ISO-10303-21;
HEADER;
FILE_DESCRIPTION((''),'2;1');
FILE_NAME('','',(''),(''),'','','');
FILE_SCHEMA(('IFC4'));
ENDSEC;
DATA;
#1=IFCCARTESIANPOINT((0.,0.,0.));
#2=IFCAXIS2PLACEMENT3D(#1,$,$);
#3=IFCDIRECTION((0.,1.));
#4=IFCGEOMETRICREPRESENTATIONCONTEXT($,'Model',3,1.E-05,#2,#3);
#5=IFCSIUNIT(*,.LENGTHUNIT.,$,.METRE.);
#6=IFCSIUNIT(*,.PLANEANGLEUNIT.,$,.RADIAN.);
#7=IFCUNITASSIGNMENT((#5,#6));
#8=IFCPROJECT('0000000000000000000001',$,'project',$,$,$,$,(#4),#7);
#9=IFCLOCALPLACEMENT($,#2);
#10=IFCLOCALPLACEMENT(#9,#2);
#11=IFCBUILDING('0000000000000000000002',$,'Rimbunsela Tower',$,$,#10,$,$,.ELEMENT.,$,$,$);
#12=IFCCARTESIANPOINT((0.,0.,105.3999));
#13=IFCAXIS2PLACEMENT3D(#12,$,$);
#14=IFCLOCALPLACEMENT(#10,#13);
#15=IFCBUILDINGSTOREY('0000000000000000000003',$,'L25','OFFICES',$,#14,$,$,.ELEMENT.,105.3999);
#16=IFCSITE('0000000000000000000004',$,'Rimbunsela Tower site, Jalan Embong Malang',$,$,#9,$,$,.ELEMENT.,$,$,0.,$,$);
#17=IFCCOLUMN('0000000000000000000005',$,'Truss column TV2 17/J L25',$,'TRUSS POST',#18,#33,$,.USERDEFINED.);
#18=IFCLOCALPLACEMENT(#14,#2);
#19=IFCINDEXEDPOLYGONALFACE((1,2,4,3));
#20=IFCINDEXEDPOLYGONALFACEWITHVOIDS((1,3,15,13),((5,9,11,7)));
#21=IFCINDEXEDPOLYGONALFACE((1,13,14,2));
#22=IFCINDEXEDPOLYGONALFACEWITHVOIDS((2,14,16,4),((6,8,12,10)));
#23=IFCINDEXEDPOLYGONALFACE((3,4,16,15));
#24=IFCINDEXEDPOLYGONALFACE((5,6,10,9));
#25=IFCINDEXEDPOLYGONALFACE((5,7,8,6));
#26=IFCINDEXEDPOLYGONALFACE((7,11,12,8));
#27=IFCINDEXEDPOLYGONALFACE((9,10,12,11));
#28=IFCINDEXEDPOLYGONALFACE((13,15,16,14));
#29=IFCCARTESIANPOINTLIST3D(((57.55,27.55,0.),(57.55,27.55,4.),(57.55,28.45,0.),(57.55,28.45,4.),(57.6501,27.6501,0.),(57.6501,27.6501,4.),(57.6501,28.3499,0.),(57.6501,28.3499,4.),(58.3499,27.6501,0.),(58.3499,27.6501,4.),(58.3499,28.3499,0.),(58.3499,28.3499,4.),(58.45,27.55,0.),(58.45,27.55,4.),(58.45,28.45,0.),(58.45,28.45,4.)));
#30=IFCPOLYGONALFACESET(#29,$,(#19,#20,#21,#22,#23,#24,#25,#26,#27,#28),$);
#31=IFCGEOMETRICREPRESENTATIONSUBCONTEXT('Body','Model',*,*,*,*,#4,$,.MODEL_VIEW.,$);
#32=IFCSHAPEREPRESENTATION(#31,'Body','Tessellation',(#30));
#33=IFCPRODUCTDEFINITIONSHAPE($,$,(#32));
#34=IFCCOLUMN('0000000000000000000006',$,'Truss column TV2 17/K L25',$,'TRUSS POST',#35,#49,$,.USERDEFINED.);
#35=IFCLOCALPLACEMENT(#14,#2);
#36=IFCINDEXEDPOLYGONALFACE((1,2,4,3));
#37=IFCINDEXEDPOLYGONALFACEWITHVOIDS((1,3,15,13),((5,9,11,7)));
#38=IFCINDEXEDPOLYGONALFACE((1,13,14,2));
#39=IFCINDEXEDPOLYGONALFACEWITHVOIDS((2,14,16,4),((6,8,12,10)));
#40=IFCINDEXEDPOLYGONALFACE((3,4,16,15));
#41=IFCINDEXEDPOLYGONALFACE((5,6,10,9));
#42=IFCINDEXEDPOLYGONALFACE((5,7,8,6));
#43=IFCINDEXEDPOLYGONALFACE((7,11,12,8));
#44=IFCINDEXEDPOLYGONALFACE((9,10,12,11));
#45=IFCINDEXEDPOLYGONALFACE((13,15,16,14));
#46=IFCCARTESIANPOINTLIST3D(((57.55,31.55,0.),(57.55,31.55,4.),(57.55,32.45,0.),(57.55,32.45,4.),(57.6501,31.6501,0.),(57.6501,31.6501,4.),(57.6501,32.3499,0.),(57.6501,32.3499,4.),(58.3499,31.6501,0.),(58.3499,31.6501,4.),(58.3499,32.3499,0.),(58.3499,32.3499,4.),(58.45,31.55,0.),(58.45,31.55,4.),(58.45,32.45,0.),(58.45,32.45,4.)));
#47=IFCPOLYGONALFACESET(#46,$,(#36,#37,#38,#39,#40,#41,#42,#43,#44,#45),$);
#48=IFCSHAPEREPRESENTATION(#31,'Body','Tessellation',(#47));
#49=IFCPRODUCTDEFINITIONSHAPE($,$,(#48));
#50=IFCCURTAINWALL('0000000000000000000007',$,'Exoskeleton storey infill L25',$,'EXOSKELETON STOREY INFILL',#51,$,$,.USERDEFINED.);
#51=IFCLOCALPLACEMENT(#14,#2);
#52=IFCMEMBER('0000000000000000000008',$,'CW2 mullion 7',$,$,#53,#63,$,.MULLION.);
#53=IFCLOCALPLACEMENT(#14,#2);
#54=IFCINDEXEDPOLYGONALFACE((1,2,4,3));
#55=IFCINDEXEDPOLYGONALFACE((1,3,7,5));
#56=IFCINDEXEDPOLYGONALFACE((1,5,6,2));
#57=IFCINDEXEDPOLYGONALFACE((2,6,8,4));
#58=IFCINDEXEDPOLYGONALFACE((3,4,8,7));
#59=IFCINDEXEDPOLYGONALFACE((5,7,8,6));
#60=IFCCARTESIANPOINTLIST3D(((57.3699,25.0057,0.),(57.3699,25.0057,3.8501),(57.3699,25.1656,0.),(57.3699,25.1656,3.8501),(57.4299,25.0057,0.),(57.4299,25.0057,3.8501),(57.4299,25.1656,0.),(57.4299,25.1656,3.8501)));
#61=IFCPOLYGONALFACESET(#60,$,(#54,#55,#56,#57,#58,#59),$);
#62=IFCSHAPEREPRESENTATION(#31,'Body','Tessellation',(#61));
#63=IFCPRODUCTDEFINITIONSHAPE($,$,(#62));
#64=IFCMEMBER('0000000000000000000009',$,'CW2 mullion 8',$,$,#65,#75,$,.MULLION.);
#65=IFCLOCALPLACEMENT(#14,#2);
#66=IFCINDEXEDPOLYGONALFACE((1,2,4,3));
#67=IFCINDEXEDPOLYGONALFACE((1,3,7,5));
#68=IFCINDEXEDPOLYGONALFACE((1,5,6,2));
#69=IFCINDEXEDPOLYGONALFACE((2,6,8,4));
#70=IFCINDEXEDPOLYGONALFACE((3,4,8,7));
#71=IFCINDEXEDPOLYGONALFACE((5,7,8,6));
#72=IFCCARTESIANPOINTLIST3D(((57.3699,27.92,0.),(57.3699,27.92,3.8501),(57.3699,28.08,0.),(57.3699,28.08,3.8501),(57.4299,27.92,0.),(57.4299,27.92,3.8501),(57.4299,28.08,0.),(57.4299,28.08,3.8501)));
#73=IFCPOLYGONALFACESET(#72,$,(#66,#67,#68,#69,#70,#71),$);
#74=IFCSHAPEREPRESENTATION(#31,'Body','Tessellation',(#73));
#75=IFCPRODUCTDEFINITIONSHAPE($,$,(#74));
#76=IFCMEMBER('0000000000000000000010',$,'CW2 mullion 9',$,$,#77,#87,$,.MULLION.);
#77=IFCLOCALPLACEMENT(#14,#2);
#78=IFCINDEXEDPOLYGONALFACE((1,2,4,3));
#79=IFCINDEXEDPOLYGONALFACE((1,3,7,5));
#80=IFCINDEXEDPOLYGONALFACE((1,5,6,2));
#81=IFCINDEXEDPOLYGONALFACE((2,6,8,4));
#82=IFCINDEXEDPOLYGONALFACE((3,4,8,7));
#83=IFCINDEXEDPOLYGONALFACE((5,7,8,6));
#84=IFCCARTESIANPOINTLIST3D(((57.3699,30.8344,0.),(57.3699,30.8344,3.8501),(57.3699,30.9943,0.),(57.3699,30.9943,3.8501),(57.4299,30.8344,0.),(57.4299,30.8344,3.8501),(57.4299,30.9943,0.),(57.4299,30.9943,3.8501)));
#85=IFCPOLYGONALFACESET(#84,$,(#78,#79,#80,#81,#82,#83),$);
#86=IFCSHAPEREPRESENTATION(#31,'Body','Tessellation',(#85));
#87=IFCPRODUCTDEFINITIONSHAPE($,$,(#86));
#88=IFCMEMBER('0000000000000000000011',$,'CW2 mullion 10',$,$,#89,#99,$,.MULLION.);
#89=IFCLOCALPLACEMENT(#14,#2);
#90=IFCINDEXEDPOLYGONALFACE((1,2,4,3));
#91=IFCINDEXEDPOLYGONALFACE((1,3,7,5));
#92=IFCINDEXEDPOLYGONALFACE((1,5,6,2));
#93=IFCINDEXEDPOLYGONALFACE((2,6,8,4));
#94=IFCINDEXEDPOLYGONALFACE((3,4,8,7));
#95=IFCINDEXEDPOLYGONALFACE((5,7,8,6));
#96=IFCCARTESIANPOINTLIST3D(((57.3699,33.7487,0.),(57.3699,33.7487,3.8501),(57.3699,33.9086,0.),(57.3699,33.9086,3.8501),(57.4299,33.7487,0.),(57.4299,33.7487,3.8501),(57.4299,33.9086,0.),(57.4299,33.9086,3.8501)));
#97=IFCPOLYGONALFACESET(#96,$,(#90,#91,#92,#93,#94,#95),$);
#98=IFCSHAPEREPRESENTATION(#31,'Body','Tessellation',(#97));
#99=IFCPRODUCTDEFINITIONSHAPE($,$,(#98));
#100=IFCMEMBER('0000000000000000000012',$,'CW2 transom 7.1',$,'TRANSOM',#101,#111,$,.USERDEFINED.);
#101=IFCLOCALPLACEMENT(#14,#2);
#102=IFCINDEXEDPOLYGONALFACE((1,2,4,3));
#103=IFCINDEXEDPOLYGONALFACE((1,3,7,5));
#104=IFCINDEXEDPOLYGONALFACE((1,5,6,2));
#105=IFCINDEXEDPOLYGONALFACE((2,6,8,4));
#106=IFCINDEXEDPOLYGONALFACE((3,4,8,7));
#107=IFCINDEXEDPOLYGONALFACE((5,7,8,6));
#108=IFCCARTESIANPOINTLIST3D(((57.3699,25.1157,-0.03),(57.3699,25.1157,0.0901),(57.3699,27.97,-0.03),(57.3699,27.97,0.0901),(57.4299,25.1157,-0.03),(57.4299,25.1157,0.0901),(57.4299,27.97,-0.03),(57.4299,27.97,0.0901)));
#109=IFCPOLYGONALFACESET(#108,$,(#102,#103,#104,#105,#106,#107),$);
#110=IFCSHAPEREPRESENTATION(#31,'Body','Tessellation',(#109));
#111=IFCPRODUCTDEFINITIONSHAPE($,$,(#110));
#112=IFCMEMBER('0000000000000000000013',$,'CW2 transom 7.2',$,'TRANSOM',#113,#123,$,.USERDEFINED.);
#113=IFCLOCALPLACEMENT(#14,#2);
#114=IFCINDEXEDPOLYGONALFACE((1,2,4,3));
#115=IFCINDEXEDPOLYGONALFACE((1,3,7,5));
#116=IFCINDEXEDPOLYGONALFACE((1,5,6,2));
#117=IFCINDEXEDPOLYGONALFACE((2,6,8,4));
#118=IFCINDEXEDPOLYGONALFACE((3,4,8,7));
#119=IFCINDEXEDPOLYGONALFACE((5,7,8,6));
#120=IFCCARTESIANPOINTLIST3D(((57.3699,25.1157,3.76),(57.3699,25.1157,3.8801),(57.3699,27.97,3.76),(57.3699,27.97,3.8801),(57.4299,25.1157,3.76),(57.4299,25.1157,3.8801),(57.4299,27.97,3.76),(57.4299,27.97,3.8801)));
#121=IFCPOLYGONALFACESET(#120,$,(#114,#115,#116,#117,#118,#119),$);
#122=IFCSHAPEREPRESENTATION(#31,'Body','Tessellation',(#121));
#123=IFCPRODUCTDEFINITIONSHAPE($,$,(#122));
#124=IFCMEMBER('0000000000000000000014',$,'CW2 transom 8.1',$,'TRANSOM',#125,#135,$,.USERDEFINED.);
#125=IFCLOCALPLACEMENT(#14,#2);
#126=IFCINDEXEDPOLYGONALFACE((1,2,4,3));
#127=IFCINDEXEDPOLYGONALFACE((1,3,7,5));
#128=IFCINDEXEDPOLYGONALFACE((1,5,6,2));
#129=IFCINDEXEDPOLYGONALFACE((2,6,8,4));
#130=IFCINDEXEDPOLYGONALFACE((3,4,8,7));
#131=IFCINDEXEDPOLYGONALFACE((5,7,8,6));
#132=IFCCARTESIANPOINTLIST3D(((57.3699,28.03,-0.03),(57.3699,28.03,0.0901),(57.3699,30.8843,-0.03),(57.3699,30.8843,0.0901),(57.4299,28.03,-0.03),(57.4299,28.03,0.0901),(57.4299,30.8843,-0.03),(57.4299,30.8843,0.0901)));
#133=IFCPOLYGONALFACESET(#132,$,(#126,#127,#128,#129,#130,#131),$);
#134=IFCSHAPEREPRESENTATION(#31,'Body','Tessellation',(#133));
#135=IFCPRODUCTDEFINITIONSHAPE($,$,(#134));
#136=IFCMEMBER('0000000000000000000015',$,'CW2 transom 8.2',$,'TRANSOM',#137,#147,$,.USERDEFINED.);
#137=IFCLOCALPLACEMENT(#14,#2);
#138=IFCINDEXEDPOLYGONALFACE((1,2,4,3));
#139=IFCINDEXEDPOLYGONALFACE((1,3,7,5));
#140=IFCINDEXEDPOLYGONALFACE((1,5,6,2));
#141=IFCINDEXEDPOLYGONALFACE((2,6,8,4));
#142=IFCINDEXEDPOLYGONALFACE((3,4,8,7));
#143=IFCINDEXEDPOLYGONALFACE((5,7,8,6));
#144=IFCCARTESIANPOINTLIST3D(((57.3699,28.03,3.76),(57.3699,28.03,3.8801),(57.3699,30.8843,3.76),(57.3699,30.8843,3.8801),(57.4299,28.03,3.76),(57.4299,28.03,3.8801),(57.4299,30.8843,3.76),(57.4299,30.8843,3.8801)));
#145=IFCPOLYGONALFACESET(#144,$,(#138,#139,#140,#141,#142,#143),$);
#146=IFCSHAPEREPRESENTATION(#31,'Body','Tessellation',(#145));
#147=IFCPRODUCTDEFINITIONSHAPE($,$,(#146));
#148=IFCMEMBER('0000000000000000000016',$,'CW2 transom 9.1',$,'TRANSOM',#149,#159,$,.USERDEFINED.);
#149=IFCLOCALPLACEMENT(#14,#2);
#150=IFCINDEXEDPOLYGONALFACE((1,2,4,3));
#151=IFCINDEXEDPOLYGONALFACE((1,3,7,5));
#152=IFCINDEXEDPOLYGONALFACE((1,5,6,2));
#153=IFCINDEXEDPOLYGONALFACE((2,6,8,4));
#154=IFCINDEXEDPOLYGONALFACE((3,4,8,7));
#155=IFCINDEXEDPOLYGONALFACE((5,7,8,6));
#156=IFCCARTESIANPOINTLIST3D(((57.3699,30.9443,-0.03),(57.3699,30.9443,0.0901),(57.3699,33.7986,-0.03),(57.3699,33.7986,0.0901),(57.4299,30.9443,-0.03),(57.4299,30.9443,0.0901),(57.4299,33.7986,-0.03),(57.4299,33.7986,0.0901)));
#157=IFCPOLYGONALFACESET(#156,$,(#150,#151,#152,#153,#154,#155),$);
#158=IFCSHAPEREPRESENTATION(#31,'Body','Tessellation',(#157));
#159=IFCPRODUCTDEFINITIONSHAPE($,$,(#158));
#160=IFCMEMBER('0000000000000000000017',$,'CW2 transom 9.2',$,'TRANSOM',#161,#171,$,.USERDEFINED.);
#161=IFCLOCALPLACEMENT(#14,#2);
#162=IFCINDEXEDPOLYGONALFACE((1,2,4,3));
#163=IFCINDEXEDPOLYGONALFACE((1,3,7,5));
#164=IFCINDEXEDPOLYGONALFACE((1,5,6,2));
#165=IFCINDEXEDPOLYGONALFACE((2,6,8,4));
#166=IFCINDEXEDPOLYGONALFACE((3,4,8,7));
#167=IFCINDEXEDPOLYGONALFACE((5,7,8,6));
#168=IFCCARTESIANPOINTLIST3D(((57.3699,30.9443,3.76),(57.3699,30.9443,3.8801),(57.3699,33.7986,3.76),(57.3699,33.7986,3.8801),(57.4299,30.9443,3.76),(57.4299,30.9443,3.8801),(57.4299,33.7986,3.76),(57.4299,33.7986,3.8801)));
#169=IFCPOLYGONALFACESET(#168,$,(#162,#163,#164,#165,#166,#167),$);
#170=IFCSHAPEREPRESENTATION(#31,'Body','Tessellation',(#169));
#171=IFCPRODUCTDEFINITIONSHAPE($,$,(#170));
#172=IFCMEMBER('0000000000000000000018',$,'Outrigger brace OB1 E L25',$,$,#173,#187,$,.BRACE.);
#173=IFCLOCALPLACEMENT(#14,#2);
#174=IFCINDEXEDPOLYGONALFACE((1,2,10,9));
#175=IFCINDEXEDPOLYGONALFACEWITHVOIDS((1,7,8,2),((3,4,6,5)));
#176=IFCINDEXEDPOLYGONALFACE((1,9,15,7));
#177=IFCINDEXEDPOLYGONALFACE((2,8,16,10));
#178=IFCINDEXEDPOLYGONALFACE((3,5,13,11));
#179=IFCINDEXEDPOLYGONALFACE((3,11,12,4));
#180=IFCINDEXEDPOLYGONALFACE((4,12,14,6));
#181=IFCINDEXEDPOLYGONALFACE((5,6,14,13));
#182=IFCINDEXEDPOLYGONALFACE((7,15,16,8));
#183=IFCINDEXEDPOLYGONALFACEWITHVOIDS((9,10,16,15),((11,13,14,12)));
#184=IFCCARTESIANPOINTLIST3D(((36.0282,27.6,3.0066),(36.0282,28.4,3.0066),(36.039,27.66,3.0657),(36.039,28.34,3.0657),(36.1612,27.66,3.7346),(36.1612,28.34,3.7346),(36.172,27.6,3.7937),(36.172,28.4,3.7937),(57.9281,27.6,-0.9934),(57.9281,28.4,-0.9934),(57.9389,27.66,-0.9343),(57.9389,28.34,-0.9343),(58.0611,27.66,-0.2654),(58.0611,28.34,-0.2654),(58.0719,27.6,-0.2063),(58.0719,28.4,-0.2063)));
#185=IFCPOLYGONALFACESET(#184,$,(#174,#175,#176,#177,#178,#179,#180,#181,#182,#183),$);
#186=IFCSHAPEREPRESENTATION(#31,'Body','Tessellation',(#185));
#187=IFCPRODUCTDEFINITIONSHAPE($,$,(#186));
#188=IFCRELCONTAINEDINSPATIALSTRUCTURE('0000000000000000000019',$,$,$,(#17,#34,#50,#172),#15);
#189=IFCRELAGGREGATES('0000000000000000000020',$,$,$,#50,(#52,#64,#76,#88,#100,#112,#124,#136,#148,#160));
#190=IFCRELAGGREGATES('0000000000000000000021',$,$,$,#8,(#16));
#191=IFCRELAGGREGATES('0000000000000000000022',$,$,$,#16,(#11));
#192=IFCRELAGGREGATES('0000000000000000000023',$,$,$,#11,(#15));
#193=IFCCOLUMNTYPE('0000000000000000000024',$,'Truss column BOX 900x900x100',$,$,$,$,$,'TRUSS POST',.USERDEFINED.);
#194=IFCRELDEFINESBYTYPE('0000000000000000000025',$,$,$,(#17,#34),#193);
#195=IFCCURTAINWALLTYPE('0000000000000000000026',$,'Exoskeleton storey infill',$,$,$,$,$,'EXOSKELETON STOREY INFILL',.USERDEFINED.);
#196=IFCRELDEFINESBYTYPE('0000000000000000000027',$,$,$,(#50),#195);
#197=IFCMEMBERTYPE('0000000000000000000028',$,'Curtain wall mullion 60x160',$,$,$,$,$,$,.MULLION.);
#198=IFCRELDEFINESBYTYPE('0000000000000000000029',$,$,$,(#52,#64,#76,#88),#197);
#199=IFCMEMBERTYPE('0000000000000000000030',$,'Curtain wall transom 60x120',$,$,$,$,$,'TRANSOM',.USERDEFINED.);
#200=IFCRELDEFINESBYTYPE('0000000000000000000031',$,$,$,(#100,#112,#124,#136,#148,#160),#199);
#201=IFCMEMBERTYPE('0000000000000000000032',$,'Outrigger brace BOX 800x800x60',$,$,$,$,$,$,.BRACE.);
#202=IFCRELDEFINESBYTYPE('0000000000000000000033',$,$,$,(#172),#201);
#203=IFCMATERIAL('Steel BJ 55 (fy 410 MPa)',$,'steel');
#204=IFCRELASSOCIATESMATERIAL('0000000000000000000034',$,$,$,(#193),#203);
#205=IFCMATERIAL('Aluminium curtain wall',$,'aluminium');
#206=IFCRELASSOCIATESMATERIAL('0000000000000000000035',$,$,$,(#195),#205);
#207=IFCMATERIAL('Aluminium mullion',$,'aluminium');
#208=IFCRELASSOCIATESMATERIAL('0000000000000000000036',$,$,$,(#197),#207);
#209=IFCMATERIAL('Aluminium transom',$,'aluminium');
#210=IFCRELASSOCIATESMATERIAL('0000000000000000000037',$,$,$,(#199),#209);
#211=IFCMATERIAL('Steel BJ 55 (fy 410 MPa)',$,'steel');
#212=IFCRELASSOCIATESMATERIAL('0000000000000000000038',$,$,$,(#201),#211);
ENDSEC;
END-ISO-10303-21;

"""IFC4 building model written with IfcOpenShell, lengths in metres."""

from ifc_helpers import new_model, si_unit, direction, frame, origin, origin_2d, place, context, subcontext, project, spatial, rectangle, hollow_rectangle, extrude, material, material_profile, profile_set, type_object, element, aggregate, save


model = new_model("IFC4")

# Units and contexts
model_context = context("Model", 3, precision=1e-05, world=origin(), true_north=direction((0.0, 1.0)))
body_context = subcontext(model_context, "Body", "Model", "MODEL_VIEW")
ifc_project = project(units=[si_unit("LENGTHUNIT", "METRE"), si_unit("PLANEANGLEUNIT", "RADIAN")], contexts=[model_context])

# Site, building, storey
site_placement = place(None, origin())
site = spatial("IfcSite", under=ifc_project, at=site_placement, Name="Rimbunsela Tower site, Jalan Embong Malang", CompositionType="ELEMENT", RefElevation=0.0)
building_placement = place(site_placement, origin())
building = spatial("IfcBuilding", under=site, at=building_placement, Name="Rimbunsela Tower", CompositionType="ELEMENT")
storey_placement = place(building_placement, frame((0.0, 0.0, 105.3999)))
storey = spatial("IfcBuildingStorey", under=building, at=storey_placement, Name="L25", Description="OFFICES", CompositionType="ELEMENT", Elevation=105.3999)

# Columns
ifc_material_1 = material(Name="Steel BJ 55 (fy 410 MPa)", Category="steel")
ifc_material_profile_1 = material_profile(ifc_material_1, hollow_rectangle(XDim=0.8999, YDim=0.8999, WallThickness=0.1001, at=origin_2d()), Name="BOX 900x900x100")
ifc_profile_set_1 = profile_set([ifc_material_profile_1], Name="Steel BJ 55 (fy 410 MPa)")
column_type = type_object("IfcColumnType", Name="Truss column BOX 900x900x100", ElementType="TRUSS POST", PredefinedType="USERDEFINED", material=ifc_profile_set_1)
for number, where, z_axis, x_axis, name in (
    (1, (58.0, 28.0, 0.0), (0.0, 0.0, 1.0), (1.0, 0.0, 0.0), "Truss column TV2 17/J L25"),
    (2, (58.0, 32.0, 0.0), (0.0, 0.0, 1.0), (1.0, 0.0, 0.0), "Truss column TV2 17/K L25"),
):
    element("IfcColumn", number, at=place(storey_placement, frame(where, z_axis=z_axis, x_axis=x_axis)), inside=storey, type_object=column_type, Name=name, ObjectType="TRUSS POST", PredefinedType="USERDEFINED", context=body_context, shape_type="SweptSolid", body=[
        extrude(hollow_rectangle(XDim=0.8999, YDim=0.8999, WallThickness=0.1001, at=origin_2d()), origin(), (0.0, 0.0, 1.0), 4.0),
    ])

# Curtain wall, members
ifc_material_2 = material(Name="Aluminium curtain wall", Category="aluminium")
curtain_wall_type = type_object("IfcCurtainWallType", Name="Exoskeleton storey infill", ElementType="EXOSKELETON STOREY INFILL", PredefinedType="USERDEFINED", material=ifc_material_2)
curtain_wall_placement = place(storey_placement, origin())
curtain_wall = element("IfcCurtainWall", 3, at=curtain_wall_placement, inside=storey, type_object=curtain_wall_type, Name="Exoskeleton storey infill L25", ObjectType="EXOSKELETON STOREY INFILL", PredefinedType="USERDEFINED")
ifc_material_3 = material(Name="Aluminium mullion", Category="aluminium")
ifc_material_profile_2 = material_profile(ifc_material_3, rectangle(XDim=0.0601, YDim=0.1599, at=origin_2d()), Name="Mullion 60x160")
ifc_profile_set_2 = profile_set([ifc_material_profile_2], Name="Aluminium mullion")
member_type_1 = type_object("IfcMemberType", Name="Curtain wall mullion 60x160", PredefinedType="MULLION", material=ifc_profile_set_2)
member_1_placement = place(storey_placement, frame((57.3999, 25.0857, 0.0), z_axis=(0.0, 0.0, 1.0), x_axis=(-1.0, 0.0, 0.0)))
member_1 = element("IfcMember", 4, at=member_1_placement, type_object=member_type_1, Name="CW2 mullion 7", PredefinedType="MULLION", context=body_context, shape_type="SweptSolid", body=[
    extrude(rectangle(XDim=0.0601, YDim=0.1599, at=origin_2d()), origin(), (0.0, 0.0, 1.0), 3.8501),
])
member_2_placement = place(storey_placement, frame((57.3999, 28.0, 0.0), z_axis=(0.0, 0.0, 1.0), x_axis=(-1.0, 0.0, 0.0)))
member_2 = element("IfcMember", 5, at=member_2_placement, type_object=member_type_1, Name="CW2 mullion 8", PredefinedType="MULLION", context=body_context, shape_type="SweptSolid", body=[
    extrude(rectangle(XDim=0.0601, YDim=0.1599, at=origin_2d()), origin(), (0.0, 0.0, 1.0), 3.8501),
])
member_3_placement = place(storey_placement, frame((57.3999, 30.9143, 0.0), z_axis=(0.0, 0.0, 1.0), x_axis=(-1.0, 0.0, 0.0)))
member_3 = element("IfcMember", 6, at=member_3_placement, type_object=member_type_1, Name="CW2 mullion 9", PredefinedType="MULLION", context=body_context, shape_type="SweptSolid", body=[
    extrude(rectangle(XDim=0.0601, YDim=0.1599, at=origin_2d()), origin(), (0.0, 0.0, 1.0), 3.8501),
])
member_4_placement = place(storey_placement, frame((57.3999, 33.8286, 0.0), z_axis=(0.0, 0.0, 1.0), x_axis=(-1.0, 0.0, 0.0)))
member_4 = element("IfcMember", 7, at=member_4_placement, type_object=member_type_1, Name="CW2 mullion 10", PredefinedType="MULLION", context=body_context, shape_type="SweptSolid", body=[
    extrude(rectangle(XDim=0.0601, YDim=0.1599, at=origin_2d()), origin(), (0.0, 0.0, 1.0), 3.8501),
])
ifc_material_4 = material(Name="Aluminium transom", Category="aluminium")
ifc_material_profile_3 = material_profile(ifc_material_4, rectangle(XDim=0.0601, YDim=0.1201, at=origin_2d()), Name="Transom 60x120")
ifc_profile_set_3 = profile_set([ifc_material_profile_3], Name="Aluminium transom")
member_type_2 = type_object("IfcMemberType", Name="Curtain wall transom 60x120", ElementType="TRANSOM", PredefinedType="USERDEFINED", material=ifc_profile_set_3)
member_5_placement = place(storey_placement, frame((57.3999, 25.1157, 0.03), z_axis=(0.0, 1.0, 0.0), x_axis=(-1.0, 0.0, 0.0)))
member_5 = element("IfcMember", 8, at=member_5_placement, type_object=member_type_2, Name="CW2 transom 7.1", ObjectType="TRANSOM", PredefinedType="USERDEFINED", context=body_context, shape_type="SweptSolid", body=[
    extrude(rectangle(XDim=0.0601, YDim=0.1201, at=origin_2d()), origin(), (0.0, 0.0, 1.0), 2.8542),
])
member_6_placement = place(storey_placement, frame((57.3999, 25.1157, 3.8201), z_axis=(0.0, 1.0, 0.0), x_axis=(-1.0, 0.0, 0.0)))
member_6 = element("IfcMember", 9, at=member_6_placement, type_object=member_type_2, Name="CW2 transom 7.2", ObjectType="TRANSOM", PredefinedType="USERDEFINED", context=body_context, shape_type="SweptSolid", body=[
    extrude(rectangle(XDim=0.0601, YDim=0.1201, at=origin_2d()), origin(), (0.0, 0.0, 1.0), 2.8542),
])
member_7_placement = place(storey_placement, frame((57.3999, 28.03, 0.03), z_axis=(0.0, 1.0, 0.0), x_axis=(-1.0, 0.0, 0.0)))
member_7 = element("IfcMember", 10, at=member_7_placement, type_object=member_type_2, Name="CW2 transom 8.1", ObjectType="TRANSOM", PredefinedType="USERDEFINED", context=body_context, shape_type="SweptSolid", body=[
    extrude(rectangle(XDim=0.0601, YDim=0.1201, at=origin_2d()), origin(), (0.0, 0.0, 1.0), 2.8542),
])
member_8_placement = place(storey_placement, frame((57.3999, 28.03, 3.8201), z_axis=(0.0, 1.0, 0.0), x_axis=(-1.0, 0.0, 0.0)))
member_8 = element("IfcMember", 11, at=member_8_placement, type_object=member_type_2, Name="CW2 transom 8.2", ObjectType="TRANSOM", PredefinedType="USERDEFINED", context=body_context, shape_type="SweptSolid", body=[
    extrude(rectangle(XDim=0.0601, YDim=0.1201, at=origin_2d()), origin(), (0.0, 0.0, 1.0), 2.8542),
])
member_9_placement = place(storey_placement, frame((57.3999, 30.9443, 0.03), z_axis=(0.0, 1.0, 0.0), x_axis=(-1.0, 0.0, 0.0)))
member_9 = element("IfcMember", 12, at=member_9_placement, type_object=member_type_2, Name="CW2 transom 9.1", ObjectType="TRANSOM", PredefinedType="USERDEFINED", context=body_context, shape_type="SweptSolid", body=[
    extrude(rectangle(XDim=0.0601, YDim=0.1201, at=origin_2d()), origin(), (0.0, 0.0, 1.0), 2.8542),
])
member_10_placement = place(storey_placement, frame((57.3999, 30.9443, 3.8201), z_axis=(0.0, 1.0, 0.0), x_axis=(-1.0, 0.0, 0.0)))
member_10 = element("IfcMember", 13, at=member_10_placement, type_object=member_type_2, Name="CW2 transom 9.2", ObjectType="TRANSOM", PredefinedType="USERDEFINED", context=body_context, shape_type="SweptSolid", body=[
    extrude(rectangle(XDim=0.0601, YDim=0.1201, at=origin_2d()), origin(), (0.0, 0.0, 1.0), 2.8542),
])

# Member
ifc_material_5 = material(Name="Steel BJ 55 (fy 410 MPa)", Category="steel")
ifc_material_profile_4 = material_profile(ifc_material_5, hollow_rectangle(XDim=0.8, YDim=0.8, WallThickness=0.0601, at=origin_2d()), Name="BOX 800x800x60")
ifc_profile_set_4 = profile_set([ifc_material_profile_4], Name="Steel BJ 55 (fy 410 MPa)")
member_type_3 = type_object("IfcMemberType", Name="Outrigger brace BOX 800x800x60", PredefinedType="BRACE", material=ifc_profile_set_4)
member_11_placement = place(storey_placement, frame((58.0, 28.0, -0.5999), z_axis=(-0.983726, 0.0, 0.179677), x_axis=(0.0, -1.0, 0.0)))
element("IfcMember", 14, at=member_11_placement, inside=storey, type_object=member_type_3, Name="Outrigger brace OB1 E L25", PredefinedType="BRACE", context=body_context, shape_type="SweptSolid", body=[
    extrude(hollow_rectangle(XDim=0.8, YDim=0.8, WallThickness=0.0601, at=origin_2d()), origin(), (0.0, 0.0, 1.0), 22.2622),
])

aggregate(curtain_wall, [member_1, member_2, member_3, member_4, member_5, member_6, member_7, member_8, member_9, member_10])

save(model, "model.ifc")
